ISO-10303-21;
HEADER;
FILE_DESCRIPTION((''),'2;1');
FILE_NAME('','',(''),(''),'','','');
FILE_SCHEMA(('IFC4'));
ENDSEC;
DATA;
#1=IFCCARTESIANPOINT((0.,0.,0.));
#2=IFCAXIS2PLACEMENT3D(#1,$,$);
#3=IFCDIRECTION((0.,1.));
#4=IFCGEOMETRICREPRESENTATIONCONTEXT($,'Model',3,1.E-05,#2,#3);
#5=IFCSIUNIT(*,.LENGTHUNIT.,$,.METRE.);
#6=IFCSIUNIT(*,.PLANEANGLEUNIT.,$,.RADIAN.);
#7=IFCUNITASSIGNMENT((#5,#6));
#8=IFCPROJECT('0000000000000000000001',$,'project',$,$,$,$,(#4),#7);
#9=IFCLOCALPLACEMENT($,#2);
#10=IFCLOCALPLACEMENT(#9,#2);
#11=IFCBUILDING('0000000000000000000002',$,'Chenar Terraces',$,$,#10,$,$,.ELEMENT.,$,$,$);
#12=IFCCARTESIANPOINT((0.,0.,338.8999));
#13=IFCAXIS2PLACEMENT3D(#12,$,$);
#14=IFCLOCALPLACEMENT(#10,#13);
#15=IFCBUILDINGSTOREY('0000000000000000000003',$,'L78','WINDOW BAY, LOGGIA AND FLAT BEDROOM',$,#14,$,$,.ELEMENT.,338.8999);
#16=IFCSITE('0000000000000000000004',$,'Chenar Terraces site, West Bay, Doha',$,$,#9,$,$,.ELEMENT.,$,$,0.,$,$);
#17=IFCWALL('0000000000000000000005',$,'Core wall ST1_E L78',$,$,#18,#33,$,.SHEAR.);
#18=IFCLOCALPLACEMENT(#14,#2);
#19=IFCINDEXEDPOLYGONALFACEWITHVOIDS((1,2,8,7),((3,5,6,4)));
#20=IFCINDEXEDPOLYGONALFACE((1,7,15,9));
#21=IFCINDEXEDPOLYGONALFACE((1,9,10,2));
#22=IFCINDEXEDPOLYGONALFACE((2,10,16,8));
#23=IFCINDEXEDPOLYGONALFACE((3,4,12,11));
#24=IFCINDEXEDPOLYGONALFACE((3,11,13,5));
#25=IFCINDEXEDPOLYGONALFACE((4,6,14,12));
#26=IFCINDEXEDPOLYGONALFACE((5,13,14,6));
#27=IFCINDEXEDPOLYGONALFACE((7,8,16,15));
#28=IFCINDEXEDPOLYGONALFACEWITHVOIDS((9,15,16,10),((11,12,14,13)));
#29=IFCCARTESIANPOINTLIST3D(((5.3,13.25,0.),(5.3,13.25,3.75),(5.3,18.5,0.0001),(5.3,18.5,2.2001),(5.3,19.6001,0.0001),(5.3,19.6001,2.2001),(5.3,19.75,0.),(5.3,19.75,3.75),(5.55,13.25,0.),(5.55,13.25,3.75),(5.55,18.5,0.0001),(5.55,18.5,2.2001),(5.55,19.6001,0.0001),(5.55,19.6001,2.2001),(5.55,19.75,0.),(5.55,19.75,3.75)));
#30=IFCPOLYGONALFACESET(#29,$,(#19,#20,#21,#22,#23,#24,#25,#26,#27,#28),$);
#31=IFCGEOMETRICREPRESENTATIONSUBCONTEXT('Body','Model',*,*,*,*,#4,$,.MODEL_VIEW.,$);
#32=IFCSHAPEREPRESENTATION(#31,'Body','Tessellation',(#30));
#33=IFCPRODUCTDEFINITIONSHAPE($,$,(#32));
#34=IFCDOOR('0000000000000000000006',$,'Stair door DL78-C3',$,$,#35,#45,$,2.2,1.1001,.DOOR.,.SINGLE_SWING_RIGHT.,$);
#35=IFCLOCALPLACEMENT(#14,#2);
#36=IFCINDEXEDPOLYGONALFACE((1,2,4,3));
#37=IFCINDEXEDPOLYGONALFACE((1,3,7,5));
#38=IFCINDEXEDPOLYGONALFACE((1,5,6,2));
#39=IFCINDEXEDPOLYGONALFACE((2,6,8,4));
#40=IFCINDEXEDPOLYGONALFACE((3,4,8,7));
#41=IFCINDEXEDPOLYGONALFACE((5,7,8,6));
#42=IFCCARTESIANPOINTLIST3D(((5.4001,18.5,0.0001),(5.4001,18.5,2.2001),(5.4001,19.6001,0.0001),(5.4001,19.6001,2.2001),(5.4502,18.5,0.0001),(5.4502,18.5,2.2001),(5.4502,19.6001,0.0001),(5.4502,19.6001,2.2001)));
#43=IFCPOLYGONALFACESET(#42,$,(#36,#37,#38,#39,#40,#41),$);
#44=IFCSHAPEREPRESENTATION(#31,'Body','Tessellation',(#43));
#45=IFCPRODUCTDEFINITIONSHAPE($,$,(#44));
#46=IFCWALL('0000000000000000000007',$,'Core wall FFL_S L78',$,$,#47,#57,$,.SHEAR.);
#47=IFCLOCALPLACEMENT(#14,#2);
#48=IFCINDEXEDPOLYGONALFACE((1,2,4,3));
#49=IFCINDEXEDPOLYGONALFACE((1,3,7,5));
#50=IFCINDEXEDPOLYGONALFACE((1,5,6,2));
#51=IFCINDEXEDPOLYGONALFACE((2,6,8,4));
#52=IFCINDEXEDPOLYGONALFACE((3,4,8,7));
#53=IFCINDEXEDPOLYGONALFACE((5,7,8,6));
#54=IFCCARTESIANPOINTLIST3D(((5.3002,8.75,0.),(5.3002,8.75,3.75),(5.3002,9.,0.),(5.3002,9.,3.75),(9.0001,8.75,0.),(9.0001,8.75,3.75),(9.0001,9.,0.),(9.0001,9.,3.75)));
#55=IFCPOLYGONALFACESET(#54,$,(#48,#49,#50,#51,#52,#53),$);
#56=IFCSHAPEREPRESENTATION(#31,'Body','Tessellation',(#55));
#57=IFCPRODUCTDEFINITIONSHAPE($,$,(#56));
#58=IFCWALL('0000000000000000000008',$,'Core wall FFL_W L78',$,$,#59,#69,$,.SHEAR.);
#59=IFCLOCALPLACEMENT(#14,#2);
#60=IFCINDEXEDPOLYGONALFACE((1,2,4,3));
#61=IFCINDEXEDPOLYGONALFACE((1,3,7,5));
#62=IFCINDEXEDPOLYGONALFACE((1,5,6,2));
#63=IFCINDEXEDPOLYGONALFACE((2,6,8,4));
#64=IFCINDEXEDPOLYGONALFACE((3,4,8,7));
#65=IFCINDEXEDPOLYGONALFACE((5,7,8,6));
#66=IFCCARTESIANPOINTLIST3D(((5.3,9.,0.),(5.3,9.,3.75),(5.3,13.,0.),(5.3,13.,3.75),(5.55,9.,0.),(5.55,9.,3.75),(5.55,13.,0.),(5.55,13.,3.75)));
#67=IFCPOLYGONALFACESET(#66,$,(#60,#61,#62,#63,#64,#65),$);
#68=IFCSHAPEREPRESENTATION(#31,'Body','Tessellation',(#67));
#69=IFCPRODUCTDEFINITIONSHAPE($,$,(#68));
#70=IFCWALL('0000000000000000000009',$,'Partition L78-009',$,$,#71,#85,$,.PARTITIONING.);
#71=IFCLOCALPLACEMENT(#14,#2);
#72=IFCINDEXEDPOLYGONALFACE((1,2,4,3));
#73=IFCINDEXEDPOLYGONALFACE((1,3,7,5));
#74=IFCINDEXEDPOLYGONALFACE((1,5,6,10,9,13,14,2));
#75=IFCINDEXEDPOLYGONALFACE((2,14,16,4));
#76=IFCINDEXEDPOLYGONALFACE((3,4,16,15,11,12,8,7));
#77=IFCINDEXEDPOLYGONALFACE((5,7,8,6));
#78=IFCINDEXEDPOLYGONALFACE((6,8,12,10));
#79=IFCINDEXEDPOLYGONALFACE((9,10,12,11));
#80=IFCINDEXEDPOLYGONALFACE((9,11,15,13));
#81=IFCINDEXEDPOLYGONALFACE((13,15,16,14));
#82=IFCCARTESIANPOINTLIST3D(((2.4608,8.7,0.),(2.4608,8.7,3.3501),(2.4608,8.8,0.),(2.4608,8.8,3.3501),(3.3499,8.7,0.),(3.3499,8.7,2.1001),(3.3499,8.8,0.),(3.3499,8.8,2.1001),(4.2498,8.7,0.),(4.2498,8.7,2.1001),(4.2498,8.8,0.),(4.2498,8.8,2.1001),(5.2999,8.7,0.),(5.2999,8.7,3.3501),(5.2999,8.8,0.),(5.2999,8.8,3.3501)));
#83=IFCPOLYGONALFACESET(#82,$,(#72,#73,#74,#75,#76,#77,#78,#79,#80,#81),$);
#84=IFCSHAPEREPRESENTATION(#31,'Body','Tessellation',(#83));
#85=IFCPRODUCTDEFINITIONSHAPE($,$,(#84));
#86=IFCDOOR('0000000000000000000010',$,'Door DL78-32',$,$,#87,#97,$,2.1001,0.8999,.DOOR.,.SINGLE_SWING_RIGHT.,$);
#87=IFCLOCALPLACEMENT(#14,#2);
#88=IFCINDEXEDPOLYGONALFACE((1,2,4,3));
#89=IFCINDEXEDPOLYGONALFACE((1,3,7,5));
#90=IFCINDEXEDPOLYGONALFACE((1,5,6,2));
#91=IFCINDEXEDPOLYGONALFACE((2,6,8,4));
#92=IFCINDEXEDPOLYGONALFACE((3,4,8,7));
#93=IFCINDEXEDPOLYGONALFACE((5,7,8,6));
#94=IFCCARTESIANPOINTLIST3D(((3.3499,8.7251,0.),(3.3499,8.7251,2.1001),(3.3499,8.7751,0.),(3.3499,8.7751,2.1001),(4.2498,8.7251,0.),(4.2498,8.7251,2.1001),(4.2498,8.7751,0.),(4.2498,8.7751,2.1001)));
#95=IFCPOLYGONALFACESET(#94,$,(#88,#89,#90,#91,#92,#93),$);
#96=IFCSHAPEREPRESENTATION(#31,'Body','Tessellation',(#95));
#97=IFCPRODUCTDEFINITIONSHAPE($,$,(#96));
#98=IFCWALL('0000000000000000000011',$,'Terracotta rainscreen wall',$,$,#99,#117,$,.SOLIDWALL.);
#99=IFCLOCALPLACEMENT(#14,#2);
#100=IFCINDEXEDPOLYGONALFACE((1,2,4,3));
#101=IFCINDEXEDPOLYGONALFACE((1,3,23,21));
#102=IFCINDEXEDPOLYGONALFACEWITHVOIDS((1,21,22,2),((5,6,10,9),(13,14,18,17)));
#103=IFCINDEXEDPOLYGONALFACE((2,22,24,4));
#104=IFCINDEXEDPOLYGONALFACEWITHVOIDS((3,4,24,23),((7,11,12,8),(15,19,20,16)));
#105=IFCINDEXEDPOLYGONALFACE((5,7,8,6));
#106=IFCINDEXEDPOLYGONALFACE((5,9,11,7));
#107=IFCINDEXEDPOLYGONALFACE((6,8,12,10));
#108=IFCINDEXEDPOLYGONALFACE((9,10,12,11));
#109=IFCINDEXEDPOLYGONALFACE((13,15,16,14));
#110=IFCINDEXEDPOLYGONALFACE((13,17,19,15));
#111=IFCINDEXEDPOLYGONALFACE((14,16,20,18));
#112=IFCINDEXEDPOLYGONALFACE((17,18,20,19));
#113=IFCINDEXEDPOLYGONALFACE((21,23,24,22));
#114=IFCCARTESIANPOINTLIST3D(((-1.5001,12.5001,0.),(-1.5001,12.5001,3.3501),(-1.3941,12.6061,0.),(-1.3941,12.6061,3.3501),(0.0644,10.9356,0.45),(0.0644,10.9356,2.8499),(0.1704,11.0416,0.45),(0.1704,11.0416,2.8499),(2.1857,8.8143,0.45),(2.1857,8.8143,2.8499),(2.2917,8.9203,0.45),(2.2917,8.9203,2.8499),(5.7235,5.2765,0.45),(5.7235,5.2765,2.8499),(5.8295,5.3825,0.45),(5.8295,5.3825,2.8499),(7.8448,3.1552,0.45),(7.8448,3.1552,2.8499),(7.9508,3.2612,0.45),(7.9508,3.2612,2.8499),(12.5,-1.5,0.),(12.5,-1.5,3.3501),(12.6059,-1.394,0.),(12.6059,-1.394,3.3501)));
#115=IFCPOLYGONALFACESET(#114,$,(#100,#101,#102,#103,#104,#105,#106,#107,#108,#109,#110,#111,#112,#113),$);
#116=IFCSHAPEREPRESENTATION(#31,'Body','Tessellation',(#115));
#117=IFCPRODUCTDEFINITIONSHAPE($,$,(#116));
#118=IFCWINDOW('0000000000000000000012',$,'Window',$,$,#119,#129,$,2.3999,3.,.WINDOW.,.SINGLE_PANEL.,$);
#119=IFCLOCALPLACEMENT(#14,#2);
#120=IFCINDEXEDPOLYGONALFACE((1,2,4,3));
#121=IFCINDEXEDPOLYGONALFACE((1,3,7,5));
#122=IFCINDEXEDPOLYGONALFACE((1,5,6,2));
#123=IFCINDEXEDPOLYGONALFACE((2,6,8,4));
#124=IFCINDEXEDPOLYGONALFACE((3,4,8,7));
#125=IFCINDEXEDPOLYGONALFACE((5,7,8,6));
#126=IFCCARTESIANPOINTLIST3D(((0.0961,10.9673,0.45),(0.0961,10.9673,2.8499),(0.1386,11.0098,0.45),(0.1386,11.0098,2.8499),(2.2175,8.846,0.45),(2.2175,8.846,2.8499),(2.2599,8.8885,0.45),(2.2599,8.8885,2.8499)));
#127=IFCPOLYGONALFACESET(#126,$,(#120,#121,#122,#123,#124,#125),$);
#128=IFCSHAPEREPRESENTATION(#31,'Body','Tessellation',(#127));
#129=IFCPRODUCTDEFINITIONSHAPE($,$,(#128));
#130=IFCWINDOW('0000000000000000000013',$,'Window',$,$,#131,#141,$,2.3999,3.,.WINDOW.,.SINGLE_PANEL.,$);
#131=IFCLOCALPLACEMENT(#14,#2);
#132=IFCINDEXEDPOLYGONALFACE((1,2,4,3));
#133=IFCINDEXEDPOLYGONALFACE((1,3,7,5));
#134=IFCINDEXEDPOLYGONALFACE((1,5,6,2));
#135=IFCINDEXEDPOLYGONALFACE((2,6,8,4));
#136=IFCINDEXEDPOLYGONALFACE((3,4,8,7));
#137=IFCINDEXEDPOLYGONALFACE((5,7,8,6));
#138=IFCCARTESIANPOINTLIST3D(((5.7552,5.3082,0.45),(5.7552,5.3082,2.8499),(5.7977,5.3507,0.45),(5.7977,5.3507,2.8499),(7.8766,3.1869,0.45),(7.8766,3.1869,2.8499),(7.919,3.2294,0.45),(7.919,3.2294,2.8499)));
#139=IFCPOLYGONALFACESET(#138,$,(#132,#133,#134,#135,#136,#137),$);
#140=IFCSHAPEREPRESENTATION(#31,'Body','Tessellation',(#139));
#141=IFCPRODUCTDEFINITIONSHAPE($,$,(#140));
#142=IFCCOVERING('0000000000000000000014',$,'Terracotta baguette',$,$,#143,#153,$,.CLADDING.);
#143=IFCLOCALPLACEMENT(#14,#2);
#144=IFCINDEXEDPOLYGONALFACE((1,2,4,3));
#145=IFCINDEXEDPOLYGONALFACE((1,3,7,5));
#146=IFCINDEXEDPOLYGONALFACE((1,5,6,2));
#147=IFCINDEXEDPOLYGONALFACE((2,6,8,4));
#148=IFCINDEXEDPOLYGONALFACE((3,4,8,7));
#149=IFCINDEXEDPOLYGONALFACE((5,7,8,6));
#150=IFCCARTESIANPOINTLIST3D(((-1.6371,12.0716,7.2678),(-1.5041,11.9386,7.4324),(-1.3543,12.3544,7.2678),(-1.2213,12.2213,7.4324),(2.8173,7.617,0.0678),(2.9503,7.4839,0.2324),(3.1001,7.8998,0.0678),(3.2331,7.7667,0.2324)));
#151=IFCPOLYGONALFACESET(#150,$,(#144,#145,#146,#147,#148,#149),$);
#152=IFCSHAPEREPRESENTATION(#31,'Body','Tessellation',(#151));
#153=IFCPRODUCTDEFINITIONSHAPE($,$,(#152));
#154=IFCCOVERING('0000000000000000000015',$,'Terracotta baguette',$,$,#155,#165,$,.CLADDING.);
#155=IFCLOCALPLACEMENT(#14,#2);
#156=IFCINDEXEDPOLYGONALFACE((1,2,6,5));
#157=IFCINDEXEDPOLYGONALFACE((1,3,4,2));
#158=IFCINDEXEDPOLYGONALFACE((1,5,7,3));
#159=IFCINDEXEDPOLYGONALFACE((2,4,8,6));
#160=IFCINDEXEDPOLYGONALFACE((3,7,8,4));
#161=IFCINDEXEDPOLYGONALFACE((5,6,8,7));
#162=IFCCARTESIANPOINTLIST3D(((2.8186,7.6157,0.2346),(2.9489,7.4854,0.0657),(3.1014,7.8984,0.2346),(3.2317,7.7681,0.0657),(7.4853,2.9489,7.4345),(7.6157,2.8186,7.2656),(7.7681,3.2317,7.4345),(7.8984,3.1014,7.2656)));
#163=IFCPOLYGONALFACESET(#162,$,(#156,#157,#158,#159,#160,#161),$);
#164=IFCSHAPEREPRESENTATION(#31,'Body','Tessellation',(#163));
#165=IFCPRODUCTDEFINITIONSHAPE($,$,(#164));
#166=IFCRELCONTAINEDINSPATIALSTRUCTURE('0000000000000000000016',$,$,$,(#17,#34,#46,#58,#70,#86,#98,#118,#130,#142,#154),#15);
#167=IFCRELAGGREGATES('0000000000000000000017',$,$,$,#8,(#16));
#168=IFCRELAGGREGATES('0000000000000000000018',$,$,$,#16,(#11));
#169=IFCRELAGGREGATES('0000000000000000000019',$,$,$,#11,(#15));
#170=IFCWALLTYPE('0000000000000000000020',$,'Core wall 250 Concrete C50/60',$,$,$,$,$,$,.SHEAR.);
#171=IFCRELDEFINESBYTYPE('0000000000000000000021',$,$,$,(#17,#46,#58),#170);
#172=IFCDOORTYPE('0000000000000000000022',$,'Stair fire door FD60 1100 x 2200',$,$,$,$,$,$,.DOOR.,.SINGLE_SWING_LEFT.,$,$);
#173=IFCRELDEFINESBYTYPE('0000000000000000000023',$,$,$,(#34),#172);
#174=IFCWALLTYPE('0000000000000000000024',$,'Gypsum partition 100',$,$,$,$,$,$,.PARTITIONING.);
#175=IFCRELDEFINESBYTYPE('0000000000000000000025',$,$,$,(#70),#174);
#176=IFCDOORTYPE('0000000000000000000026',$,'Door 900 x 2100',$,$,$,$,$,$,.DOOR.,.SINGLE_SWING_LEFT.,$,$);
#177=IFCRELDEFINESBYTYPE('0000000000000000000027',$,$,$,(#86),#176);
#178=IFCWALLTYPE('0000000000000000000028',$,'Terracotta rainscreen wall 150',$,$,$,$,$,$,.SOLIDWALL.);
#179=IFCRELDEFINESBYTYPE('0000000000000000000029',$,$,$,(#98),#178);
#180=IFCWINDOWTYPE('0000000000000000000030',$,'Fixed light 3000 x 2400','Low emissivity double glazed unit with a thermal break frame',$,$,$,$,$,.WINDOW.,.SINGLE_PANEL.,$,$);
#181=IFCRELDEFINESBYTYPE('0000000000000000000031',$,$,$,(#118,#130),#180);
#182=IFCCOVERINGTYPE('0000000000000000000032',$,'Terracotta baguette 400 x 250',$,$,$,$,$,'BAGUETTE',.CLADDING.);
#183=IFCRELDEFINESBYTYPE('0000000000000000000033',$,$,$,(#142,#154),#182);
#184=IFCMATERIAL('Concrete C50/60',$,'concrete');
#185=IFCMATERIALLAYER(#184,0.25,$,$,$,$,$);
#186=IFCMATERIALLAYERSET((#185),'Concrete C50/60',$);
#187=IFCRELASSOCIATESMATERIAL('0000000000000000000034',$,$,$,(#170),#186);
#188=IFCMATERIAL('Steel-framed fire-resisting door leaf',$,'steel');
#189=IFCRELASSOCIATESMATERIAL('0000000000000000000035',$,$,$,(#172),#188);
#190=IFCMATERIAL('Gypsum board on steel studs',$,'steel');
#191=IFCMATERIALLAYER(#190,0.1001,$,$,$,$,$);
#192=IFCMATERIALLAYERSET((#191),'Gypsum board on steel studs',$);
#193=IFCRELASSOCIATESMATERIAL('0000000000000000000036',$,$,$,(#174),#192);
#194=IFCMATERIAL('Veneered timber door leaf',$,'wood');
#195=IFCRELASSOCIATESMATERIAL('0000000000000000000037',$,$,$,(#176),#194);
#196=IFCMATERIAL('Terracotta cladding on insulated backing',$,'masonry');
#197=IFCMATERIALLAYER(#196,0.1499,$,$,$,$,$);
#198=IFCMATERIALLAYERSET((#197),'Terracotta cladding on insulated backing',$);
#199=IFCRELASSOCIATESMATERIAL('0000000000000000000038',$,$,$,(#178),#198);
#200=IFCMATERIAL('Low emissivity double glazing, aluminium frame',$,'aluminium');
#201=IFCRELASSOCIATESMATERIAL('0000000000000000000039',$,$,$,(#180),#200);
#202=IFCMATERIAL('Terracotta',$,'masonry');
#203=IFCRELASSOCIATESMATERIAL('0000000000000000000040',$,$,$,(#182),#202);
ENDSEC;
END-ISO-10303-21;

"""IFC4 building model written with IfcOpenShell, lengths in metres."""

from ifc_helpers import new_model, si_unit, direction, frame, frame_2d, origin, origin_2d, place, context, subcontext, project, spatial, rectangle, extrude, material, layer, layer_set, material_profile, profile_set, type_object, element, fill, save


model = new_model("IFC4")

# Units and contexts
model_context = context("Model", 3, precision=1e-05, world=origin(), true_north=direction((0.0, 1.0)))
body_context = subcontext(model_context, "Body", "Model", "MODEL_VIEW")
ifc_project = project(units=[si_unit("LENGTHUNIT", "METRE"), si_unit("PLANEANGLEUNIT", "RADIAN")], contexts=[model_context])

# Site, building, storey
site_placement = place(None, origin())
site = spatial("IfcSite", under=ifc_project, at=site_placement, Name="Chenar Terraces site, West Bay, Doha", CompositionType="ELEMENT", RefElevation=0.0)
building_placement = place(site_placement, origin())
building = spatial("IfcBuilding", under=site, at=building_placement, Name="Chenar Terraces", CompositionType="ELEMENT")
storey_placement = place(building_placement, frame((0.0, 0.0, 338.8999)))
storey = spatial("IfcBuildingStorey", under=building, at=storey_placement, Name="L78", Description="WINDOW BAY, LOGGIA AND FLAT BEDROOM", CompositionType="ELEMENT", Elevation=338.8999)

# Shared definitions
ifc_material_1 = material(Name="Concrete C50/60", Category="concrete")
ifc_layer_1 = layer(ifc_material_1, 0.25)
ifc_layer_set_1 = layer_set([ifc_layer_1], Name="Concrete C50/60")
wall_type_1 = type_object("IfcWallType", Name="Core wall 250 Concrete C50/60", PredefinedType="SHEAR", material=ifc_layer_set_1)

# Wall, opening, door
wall_1_placement = place(storey_placement, frame((5.425, 13.25, 0.0), z_axis=(0.0, 0.0, 1.0), x_axis=(0.0, 1.0, 0.0)))
wall_1 = element("IfcWall", 1, at=wall_1_placement, inside=storey, type_object=wall_type_1, Name="Core wall ST1_E L78", PredefinedType="SHEAR", context=body_context, shape_type="SweptSolid", body=[
    extrude(rectangle(XDim=6.5, YDim=0.25, at=frame_2d((3.25, 0.0))), origin(), (0.0, 0.0, 1.0), 3.75),
])
opening_1_placement = place(wall_1_placement, frame((5.25, 0.0, 0.0)))
opening_1 = element("IfcOpeningElement", 2, at=opening_1_placement, cuts=wall_1, PredefinedType="OPENING", context=body_context, shape_type="SweptSolid", body=[
    extrude(rectangle(XDim=1.1001, YDim=2.2, at=frame_2d((0.55, 1.1001))), frame((0.0, 0.135, 0.0), z_axis=(0.0, -1.0, 0.0), x_axis=(1.0, 0.0, 0.0)), (0.0, 0.0, 1.0), 0.27),
])
ifc_material_2 = material(Name="Steel-framed fire-resisting door leaf", Category="steel")
door_type_1 = type_object("IfcDoorType", Name="Stair fire door FD60 1100 x 2200", OperationType="SINGLE_SWING_LEFT", PredefinedType="DOOR", material=ifc_material_2)
door_1_placement = place(opening_1_placement, origin())
door_1 = element("IfcDoor", 3, at=door_1_placement, inside=storey, type_object=door_type_1, Name="Stair door DL78-C3", OperationType="SINGLE_SWING_RIGHT", OverallHeight=2.2, OverallWidth=1.1001, PredefinedType="DOOR", context=body_context, shape_type="SweptSolid", body=[
    extrude(rectangle(XDim=1.1001, YDim=2.2, at=frame_2d((0.55, 1.1001))), frame((0.0, 0.0249, 0.0), z_axis=(0.0, -1.0, 0.0), x_axis=(1.0, 0.0, 0.0)), (0.0, 0.0, 1.0), 0.05),
])
fill(opening_1, door_1)

# Walls
wall_2_placement = place(storey_placement, frame((5.3, 8.875, 0.0), z_axis=(0.0, 0.0, 1.0), x_axis=(1.0, 0.0, 0.0)))
element("IfcWall", 4, at=wall_2_placement, inside=storey, type_object=wall_type_1, Name="Core wall FFL_S L78", PredefinedType="SHEAR", context=body_context, shape_type="SweptSolid", body=[
    extrude(rectangle(XDim=3.7, YDim=0.25, at=frame_2d((1.8501, 0.0))), origin(), (0.0, 0.0, 1.0), 3.75),
])
wall_3_placement = place(storey_placement, frame((5.425, 9.0, 0.0), z_axis=(0.0, 0.0, 1.0), x_axis=(0.0, 1.0, 0.0)))
element("IfcWall", 5, at=wall_3_placement, inside=storey, type_object=wall_type_1, Name="Core wall FFL_W L78", PredefinedType="SHEAR", context=body_context, shape_type="SweptSolid", body=[
    extrude(rectangle(XDim=4.0, YDim=0.25, at=frame_2d((2.0, 0.0))), origin(), (0.0, 0.0, 1.0), 3.75),
])

# Wall, opening, door
ifc_material_3 = material(Name="Gypsum board on steel studs", Category="steel")
ifc_layer_2 = layer(ifc_material_3, 0.1001)
ifc_layer_set_2 = layer_set([ifc_layer_2], Name="Gypsum board on steel studs")
wall_type_2 = type_object("IfcWallType", Name="Gypsum partition 100", PredefinedType="PARTITIONING", material=ifc_layer_set_2)
wall_4_placement = place(storey_placement, frame((2.4609, 8.75, 0.0), z_axis=(0.0, 0.0, 1.0), x_axis=(1.0, 0.0, 0.0)))
wall_4 = element("IfcWall", 6, at=wall_4_placement, inside=storey, type_object=wall_type_2, Name="Partition L78-009", PredefinedType="PARTITIONING", context=body_context, shape_type="SweptSolid", body=[
    extrude(rectangle(XDim=2.8391, YDim=0.1001, at=frame_2d((1.4194, 0.0))), origin(), (0.0, 0.0, 1.0), 3.3501),
])
opening_2_placement = place(wall_4_placement, frame((0.8889, 0.0, 0.0)))
opening_2 = element("IfcOpeningElement", 7, at=opening_2_placement, cuts=wall_4, PredefinedType="OPENING", context=body_context, shape_type="SweptSolid", body=[
    extrude(rectangle(XDim=0.8999, YDim=2.1001, at=frame_2d((0.45, 1.05))), frame((0.0, 0.0601, 0.0), z_axis=(0.0, -1.0, 0.0), x_axis=(1.0, 0.0, 0.0)), (0.0, 0.0, 1.0), 0.1201),
])
ifc_material_4 = material(Name="Veneered timber door leaf", Category="wood")
door_type_2 = type_object("IfcDoorType", Name="Door 900 x 2100", OperationType="SINGLE_SWING_LEFT", PredefinedType="DOOR", material=ifc_material_4)
door_2_placement = place(opening_2_placement, frame((0.8999, 0.0, 0.0), z_axis=(0.0, 0.0, 1.0), x_axis=(-1.0, 0.0, 0.0)))
door_2 = element("IfcDoor", 8, at=door_2_placement, inside=storey, type_object=door_type_2, Name="Door DL78-32", OperationType="SINGLE_SWING_RIGHT", OverallHeight=2.1001, OverallWidth=0.8999, PredefinedType="DOOR", context=body_context, shape_type="SweptSolid", body=[
    extrude(rectangle(XDim=0.8999, YDim=2.1001, at=frame_2d((0.45, 1.05))), frame((0.0, 0.0249, 0.0), z_axis=(0.0, -1.0, 0.0), x_axis=(1.0, 0.0, 0.0)), (0.0, 0.0, 1.0), 0.05),
])
fill(opening_2, door_2)

# Wall, openings, windows
ifc_material_5 = material(Name="Terracotta cladding on insulated backing", Category="masonry")
ifc_layer_3 = layer(ifc_material_5, 0.1499)
ifc_layer_set_3 = layer_set([ifc_layer_3], Name="Terracotta cladding on insulated backing")
wall_type_3 = type_object("IfcWallType", Name="Terracotta rainscreen wall 150", PredefinedType="SOLIDWALL", material=ifc_layer_set_3)
wall_5_placement = place(storey_placement, frame((-1.447, 12.553, 0.0), z_axis=(0.0, 0.0, 1.0), x_axis=(0.707107, -0.707107, 0.0)))
wall_5 = element("IfcWall", 9, at=wall_5_placement, inside=storey, type_object=wall_type_3, Name="Terracotta rainscreen wall", PredefinedType="SOLIDWALL", context=body_context, shape_type="SweptSolid", body=[
    extrude(rectangle(XDim=19.7991, YDim=0.1499, at=frame_2d((9.8994, 0.0))), origin(), (0.0, 0.0, 1.0), 3.3501),
])
opening_3_placement = place(wall_5_placement, frame((2.2124, 0.0, 0.45)))
opening_3 = element("IfcOpeningElement", 10, at=opening_3_placement, cuts=wall_5, PredefinedType="OPENING", context=body_context, shape_type="SweptSolid", body=[
    extrude(rectangle(XDim=3.0, YDim=2.3999, at=frame_2d((1.5, 1.2))), frame((0.0, 0.085, 0.0), z_axis=(0.0, -1.0, 0.0), x_axis=(1.0, 0.0, 0.0)), (0.0, 0.0, 1.0), 0.1699),
])
opening_4_placement = place(wall_5_placement, frame((10.2156, 0.0, 0.45)))
opening_4 = element("IfcOpeningElement", 11, at=opening_4_placement, cuts=wall_5, PredefinedType="OPENING", context=body_context, shape_type="SweptSolid", body=[
    extrude(rectangle(XDim=3.0, YDim=2.3999, at=frame_2d((1.5, 1.2))), frame((0.0, 0.085, 0.0), z_axis=(0.0, -1.0, 0.0), x_axis=(1.0, 0.0, 0.0)), (0.0, 0.0, 1.0), 0.1699),
])
ifc_material_6 = material(Name="Low emissivity double glazing, aluminium frame", Category="aluminium")
window_type = type_object("IfcWindowType", Name="Fixed light 3000 x 2400", Description="Low emissivity double glazed unit with a thermal break frame", PartitioningType="SINGLE_PANEL", PredefinedType="WINDOW", material=ifc_material_6)
window_1_placement = place(opening_3_placement, origin())
window_1 = element("IfcWindow", 12, at=window_1_placement, inside=storey, type_object=window_type, Name="Window", OverallHeight=2.3999, OverallWidth=3.0, PartitioningType="SINGLE_PANEL", PredefinedType="WINDOW", context=body_context, shape_type="SweptSolid", body=[
    extrude(rectangle(XDim=3.0, YDim=2.3999, at=frame_2d((1.5, 1.2))), frame((0.0, 0.03, 0.0), z_axis=(0.0, -1.0, 0.0), x_axis=(1.0, 0.0, 0.0)), (0.0, 0.0, 1.0), 0.0601),
])
fill(opening_3, window_1)
window_2_placement = place(opening_4_placement, origin())
window_2 = element("IfcWindow", 13, at=window_2_placement, inside=storey, type_object=window_type, Name="Window", OverallHeight=2.3999, OverallWidth=3.0, PartitioningType="SINGLE_PANEL", PredefinedType="WINDOW", context=body_context, shape_type="SweptSolid", body=[
    extrude(rectangle(XDim=3.0, YDim=2.3999, at=frame_2d((1.5, 1.2))), frame((0.0, 0.03, 0.0), z_axis=(0.0, -1.0, 0.0), x_axis=(1.0, 0.0, 0.0)), (0.0, 0.0, 1.0), 0.0601),
])
fill(opening_4, window_2)

# Coverings
ifc_material_7 = material(Name="Terracotta", Category="masonry")
ifc_material_profile = material_profile(ifc_material_7, rectangle(XDim=0.3999, YDim=0.25, at=origin_2d()), Name="Terracotta baguette 400 x 250")
ifc_profile_set = profile_set([ifc_material_profile], Name="Terracotta")
covering_type = type_object("IfcCoveringType", Name="Terracotta baguette 400 x 250", ElementType="BAGUETTE", PredefinedType="CLADDING", material=ifc_profile_set)
covering_1_placement = place(storey_placement, frame((-1.4292, 12.1465, 7.3501), z_axis=(0.465604, -0.46563, -0.752597), x_axis=(0.707126, 0.707087, 0.0)))
element("IfcCovering", 14, at=covering_1_placement, inside=storey, type_object=covering_type, Name="Terracotta baguette", PredefinedType="CLADDING", context=body_context, shape_type="SweptSolid", body=[
    extrude(rectangle(XDim=0.3999, YDim=0.25, at=origin_2d()), origin(), (0.0, 0.0, 1.0), 9.5669),
])
covering_2_placement = place(storey_placement, frame((3.0251, 7.6919, 0.1501), z_axis=(0.477803, -0.477803, 0.737163), x_axis=(0.707107, 0.707107, 0.0)))
element("IfcCovering", 15, at=covering_2_placement, inside=storey, type_object=covering_type, Name="Terracotta baguette", PredefinedType="CLADDING", context=body_context, shape_type="SweptSolid", body=[
    extrude(rectangle(XDim=0.3999, YDim=0.25, at=origin_2d()), origin(), (0.0, 0.0, 1.0), 9.7671),
])

save(model, "model.ifc")
